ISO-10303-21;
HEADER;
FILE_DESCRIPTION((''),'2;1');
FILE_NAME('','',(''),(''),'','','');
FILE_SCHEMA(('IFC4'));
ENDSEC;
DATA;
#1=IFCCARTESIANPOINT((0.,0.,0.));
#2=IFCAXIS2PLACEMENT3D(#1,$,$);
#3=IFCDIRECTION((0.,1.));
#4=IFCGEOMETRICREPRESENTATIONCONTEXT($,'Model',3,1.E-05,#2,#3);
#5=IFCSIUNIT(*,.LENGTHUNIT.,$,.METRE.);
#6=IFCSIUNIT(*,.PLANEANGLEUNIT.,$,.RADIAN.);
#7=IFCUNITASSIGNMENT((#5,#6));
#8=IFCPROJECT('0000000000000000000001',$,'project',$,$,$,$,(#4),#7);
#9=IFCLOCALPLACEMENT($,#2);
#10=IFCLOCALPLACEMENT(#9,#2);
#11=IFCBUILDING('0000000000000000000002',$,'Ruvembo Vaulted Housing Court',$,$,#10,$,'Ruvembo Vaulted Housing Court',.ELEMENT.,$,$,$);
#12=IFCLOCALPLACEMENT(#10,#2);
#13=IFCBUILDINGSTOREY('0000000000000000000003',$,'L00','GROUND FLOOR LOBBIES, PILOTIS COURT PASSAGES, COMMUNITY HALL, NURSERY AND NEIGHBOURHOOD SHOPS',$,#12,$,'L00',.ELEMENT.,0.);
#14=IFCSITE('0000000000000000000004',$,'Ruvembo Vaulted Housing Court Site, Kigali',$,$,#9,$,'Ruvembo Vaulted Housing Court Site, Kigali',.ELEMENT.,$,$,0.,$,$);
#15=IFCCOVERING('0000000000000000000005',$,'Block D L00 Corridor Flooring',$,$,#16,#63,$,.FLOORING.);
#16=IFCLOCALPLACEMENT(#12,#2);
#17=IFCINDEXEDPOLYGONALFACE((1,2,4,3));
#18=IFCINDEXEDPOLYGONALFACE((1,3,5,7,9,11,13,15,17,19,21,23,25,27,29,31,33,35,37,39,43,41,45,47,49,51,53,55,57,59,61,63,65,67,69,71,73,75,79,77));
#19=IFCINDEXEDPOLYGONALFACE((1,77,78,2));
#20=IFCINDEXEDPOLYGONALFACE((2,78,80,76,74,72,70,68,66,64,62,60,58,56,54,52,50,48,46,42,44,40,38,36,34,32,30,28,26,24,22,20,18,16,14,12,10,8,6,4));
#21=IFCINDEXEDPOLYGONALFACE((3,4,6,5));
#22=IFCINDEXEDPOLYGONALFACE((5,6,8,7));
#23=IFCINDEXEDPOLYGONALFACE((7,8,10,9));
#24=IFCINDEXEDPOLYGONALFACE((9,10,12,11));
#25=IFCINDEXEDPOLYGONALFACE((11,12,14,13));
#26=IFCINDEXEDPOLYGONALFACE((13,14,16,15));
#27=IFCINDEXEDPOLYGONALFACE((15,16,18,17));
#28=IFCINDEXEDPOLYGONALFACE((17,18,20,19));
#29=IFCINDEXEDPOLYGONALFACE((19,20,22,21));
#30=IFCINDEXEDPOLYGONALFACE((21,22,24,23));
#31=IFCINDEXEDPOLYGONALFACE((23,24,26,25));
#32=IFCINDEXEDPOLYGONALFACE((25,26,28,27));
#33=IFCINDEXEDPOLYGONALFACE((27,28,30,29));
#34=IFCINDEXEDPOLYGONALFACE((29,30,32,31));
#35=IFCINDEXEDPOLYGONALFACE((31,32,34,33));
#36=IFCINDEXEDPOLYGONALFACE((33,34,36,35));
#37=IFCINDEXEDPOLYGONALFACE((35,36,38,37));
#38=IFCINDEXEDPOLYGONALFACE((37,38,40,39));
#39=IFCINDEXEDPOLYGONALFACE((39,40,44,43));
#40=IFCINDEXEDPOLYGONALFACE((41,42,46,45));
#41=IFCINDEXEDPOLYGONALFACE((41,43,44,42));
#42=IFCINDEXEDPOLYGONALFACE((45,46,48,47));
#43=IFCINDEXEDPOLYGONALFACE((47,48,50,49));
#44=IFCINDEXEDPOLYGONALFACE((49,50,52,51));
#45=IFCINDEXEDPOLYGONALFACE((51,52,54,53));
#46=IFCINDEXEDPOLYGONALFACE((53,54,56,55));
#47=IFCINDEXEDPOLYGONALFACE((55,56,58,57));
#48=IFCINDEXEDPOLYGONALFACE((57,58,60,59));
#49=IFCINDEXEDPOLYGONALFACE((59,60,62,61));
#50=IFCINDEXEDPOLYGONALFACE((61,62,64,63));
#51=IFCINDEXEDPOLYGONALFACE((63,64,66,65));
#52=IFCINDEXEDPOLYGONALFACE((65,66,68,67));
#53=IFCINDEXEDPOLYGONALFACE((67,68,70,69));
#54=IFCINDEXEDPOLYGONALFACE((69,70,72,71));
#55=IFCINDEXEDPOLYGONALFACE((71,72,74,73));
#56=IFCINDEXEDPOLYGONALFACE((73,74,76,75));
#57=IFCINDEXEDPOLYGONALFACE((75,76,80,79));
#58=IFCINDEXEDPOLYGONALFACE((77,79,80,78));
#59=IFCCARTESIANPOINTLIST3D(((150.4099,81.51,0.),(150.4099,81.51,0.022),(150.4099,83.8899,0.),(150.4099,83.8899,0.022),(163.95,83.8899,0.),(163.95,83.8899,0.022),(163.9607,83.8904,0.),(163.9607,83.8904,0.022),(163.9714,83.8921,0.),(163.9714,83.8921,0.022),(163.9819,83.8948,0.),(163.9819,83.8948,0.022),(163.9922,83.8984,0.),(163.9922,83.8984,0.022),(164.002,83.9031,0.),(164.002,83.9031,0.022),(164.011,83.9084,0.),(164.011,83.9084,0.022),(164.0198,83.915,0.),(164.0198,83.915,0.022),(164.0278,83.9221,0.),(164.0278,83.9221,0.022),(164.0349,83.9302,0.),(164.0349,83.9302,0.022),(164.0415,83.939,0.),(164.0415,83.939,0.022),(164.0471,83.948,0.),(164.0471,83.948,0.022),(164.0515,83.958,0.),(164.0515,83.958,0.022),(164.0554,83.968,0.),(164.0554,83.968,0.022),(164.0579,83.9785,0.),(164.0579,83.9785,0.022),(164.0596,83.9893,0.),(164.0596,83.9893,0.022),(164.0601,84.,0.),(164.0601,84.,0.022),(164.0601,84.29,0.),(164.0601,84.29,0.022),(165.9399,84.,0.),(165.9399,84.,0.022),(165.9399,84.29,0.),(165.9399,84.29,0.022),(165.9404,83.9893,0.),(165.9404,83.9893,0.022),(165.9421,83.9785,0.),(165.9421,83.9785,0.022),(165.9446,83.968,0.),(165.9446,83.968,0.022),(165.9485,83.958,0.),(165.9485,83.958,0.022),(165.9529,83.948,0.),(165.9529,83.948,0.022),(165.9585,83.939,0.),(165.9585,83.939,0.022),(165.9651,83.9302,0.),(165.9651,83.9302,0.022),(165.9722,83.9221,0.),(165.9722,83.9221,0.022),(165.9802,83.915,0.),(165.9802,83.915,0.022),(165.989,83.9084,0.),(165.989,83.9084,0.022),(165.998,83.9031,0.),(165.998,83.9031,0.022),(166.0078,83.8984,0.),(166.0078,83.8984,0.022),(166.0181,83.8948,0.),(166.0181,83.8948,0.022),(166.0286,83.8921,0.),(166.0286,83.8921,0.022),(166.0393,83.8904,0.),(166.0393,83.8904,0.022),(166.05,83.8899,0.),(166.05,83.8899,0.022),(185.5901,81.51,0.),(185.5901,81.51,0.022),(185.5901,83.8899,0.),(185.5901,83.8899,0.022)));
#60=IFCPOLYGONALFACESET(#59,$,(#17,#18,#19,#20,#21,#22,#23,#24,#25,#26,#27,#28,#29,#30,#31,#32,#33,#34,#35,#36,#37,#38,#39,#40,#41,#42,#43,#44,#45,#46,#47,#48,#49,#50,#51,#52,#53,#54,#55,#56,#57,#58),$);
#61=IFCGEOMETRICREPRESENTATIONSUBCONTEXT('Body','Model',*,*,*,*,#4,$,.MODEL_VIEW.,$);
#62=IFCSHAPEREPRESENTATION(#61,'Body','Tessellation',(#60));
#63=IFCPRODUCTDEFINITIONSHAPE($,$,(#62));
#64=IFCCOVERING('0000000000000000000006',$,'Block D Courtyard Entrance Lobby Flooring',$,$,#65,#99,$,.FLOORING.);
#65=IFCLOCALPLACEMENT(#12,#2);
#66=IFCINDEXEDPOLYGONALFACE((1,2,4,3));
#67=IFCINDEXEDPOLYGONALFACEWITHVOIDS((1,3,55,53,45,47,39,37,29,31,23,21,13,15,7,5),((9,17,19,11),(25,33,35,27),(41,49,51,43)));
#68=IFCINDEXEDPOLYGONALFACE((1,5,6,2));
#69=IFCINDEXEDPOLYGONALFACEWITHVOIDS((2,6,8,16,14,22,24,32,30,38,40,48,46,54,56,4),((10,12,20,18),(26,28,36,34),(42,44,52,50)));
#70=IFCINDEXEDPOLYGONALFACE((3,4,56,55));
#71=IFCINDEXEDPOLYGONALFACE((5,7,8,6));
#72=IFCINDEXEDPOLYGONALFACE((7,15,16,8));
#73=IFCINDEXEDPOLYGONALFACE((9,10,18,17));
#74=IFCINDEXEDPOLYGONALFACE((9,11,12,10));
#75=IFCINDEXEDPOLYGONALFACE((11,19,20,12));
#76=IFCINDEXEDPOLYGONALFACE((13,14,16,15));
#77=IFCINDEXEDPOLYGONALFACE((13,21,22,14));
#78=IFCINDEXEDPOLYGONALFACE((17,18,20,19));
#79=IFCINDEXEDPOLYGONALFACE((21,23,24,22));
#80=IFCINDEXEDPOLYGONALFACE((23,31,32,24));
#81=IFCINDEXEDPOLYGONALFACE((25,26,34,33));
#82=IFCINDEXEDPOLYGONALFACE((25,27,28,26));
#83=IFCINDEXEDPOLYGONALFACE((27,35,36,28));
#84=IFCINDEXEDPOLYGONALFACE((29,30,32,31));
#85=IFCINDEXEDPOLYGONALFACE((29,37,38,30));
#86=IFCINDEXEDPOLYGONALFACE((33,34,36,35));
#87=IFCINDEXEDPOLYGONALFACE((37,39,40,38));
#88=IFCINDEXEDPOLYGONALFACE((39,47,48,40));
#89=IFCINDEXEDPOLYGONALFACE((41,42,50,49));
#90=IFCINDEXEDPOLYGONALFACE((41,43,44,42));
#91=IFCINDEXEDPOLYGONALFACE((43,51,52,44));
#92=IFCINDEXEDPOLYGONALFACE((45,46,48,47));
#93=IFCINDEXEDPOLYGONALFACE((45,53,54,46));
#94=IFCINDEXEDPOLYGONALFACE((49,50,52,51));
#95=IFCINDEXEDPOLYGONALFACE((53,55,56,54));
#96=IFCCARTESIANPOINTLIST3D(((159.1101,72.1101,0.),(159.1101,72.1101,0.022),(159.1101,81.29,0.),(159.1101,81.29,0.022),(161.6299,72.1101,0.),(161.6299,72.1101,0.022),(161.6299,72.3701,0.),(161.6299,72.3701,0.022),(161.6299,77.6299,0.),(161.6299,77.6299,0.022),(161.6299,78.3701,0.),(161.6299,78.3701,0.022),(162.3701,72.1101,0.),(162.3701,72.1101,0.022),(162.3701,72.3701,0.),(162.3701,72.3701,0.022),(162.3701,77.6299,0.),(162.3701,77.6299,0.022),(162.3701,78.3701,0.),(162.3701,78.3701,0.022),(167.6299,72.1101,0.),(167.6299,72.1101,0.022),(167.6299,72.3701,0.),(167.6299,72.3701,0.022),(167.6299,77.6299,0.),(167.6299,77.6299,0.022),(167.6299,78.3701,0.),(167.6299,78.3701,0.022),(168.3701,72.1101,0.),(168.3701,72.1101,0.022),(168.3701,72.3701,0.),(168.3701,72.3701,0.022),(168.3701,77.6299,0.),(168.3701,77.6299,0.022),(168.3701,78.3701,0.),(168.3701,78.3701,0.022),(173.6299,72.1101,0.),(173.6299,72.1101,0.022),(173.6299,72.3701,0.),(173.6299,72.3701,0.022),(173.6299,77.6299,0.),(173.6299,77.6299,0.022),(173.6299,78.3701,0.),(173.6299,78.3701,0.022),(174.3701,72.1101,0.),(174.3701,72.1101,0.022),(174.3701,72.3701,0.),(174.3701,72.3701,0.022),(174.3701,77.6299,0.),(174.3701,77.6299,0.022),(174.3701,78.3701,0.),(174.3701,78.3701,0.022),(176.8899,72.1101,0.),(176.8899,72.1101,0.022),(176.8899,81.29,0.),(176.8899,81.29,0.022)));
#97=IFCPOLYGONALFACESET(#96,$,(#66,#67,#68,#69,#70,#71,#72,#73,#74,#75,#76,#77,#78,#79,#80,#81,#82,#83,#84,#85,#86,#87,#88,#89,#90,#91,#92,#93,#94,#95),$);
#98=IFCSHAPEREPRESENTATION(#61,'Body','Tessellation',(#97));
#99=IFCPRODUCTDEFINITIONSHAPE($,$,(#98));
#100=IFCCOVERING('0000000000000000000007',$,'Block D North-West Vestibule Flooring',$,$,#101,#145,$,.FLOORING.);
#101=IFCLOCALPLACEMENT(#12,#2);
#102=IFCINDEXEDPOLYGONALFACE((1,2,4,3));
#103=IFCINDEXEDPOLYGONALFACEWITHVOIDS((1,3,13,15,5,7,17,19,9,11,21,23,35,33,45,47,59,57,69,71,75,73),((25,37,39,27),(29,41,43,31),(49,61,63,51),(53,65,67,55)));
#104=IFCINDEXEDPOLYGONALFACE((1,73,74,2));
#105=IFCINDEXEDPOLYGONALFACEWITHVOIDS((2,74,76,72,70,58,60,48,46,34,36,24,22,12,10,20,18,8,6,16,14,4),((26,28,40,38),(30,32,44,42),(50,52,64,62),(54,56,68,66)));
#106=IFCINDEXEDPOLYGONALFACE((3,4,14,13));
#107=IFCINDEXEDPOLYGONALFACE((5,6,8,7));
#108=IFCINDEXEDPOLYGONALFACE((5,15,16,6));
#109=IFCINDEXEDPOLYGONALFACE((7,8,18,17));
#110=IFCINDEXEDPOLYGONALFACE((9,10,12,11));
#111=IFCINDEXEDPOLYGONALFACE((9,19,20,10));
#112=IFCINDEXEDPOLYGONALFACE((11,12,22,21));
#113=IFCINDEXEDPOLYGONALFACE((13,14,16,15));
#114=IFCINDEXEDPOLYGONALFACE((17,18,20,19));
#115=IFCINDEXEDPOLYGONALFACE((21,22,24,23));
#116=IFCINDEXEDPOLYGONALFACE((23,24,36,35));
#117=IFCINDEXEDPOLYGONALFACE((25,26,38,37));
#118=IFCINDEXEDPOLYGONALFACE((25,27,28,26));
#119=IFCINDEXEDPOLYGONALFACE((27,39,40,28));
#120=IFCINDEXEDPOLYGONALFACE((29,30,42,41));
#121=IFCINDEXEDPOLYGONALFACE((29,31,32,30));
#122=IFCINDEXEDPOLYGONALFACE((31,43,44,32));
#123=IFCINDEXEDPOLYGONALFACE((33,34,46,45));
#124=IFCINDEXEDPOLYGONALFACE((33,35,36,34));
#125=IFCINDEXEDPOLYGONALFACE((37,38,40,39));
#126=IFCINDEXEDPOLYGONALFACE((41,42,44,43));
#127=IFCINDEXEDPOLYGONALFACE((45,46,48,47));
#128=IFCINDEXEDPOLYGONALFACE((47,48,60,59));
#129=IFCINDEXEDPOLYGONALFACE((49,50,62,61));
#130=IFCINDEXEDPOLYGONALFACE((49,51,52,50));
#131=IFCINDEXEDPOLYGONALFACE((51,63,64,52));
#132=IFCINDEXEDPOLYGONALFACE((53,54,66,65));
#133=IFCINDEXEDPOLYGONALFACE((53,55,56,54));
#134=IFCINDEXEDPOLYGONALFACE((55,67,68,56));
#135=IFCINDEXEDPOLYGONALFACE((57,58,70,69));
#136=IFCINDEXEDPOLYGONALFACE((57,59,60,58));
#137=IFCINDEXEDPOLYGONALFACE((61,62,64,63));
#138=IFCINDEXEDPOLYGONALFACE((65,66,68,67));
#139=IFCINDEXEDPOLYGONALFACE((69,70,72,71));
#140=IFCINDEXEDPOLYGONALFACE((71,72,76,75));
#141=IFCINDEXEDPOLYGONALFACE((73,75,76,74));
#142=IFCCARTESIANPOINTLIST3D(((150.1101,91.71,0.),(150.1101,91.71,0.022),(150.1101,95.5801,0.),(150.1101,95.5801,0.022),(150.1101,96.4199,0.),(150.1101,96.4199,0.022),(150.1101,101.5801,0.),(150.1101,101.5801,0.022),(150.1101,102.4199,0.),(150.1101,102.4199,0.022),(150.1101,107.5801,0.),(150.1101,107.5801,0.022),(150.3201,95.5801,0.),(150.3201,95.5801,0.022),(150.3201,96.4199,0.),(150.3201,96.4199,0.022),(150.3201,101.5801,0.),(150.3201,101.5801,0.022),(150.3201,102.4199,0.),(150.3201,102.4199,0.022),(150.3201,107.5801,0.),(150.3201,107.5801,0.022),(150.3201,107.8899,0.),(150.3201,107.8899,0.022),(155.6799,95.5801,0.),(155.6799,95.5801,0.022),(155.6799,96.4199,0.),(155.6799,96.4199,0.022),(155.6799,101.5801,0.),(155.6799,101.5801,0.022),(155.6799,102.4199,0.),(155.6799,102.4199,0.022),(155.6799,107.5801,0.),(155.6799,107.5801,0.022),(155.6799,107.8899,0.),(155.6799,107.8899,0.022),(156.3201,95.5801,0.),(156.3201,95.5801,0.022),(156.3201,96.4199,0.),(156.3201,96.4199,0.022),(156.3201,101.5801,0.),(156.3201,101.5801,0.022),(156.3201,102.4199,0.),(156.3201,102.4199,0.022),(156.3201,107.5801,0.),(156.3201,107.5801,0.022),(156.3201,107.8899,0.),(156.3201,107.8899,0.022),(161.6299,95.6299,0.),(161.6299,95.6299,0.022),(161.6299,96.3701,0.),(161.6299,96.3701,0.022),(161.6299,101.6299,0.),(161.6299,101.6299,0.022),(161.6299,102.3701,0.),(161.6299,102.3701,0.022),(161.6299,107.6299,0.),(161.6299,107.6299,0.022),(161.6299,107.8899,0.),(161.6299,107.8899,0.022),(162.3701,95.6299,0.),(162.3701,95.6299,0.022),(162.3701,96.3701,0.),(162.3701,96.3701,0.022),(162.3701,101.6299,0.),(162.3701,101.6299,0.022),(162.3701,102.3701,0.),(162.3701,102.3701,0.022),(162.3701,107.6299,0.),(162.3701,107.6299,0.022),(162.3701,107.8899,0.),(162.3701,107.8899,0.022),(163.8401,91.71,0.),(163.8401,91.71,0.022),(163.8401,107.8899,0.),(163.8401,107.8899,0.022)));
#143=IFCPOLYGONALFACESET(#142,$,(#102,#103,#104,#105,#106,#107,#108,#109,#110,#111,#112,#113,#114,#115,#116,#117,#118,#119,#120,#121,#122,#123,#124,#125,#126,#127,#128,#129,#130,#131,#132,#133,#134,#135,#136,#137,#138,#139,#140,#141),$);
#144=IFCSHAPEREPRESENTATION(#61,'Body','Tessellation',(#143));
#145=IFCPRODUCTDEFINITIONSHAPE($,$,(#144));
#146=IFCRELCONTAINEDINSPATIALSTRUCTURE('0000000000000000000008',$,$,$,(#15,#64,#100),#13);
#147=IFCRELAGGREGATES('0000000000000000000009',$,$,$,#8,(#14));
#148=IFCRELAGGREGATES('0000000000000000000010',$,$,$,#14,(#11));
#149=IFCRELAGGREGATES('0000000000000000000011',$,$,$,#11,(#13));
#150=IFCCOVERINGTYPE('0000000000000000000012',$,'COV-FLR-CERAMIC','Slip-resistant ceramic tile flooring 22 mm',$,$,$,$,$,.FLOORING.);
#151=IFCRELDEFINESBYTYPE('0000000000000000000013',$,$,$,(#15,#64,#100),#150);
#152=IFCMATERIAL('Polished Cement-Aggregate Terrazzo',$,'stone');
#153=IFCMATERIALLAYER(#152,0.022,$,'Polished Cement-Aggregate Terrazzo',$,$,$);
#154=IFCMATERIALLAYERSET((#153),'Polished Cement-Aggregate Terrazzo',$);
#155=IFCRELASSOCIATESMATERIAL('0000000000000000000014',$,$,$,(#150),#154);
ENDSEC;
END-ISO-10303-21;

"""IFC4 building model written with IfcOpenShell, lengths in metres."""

from ifc_helpers import new_model, si_unit, direction, origin, place, context, subcontext, project, spatial, polyline, outline, extrude, material, layer, layer_set, type_object, element, save


model = new_model("IFC4")

# Units and contexts
model_context = context("Model", 3, precision=1e-05, world=origin(), true_north=direction((0.0, 1.0)))
body_context = subcontext(model_context, "Body", "Model", "MODEL_VIEW")
ifc_project = project(units=[si_unit("LENGTHUNIT", "METRE"), si_unit("PLANEANGLEUNIT", "RADIAN")], contexts=[model_context])

# Site, building, storey
site_placement = place(None, origin())
site = spatial("IfcSite", under=ifc_project, at=site_placement, Name="Ruvembo Vaulted Housing Court Site, Kigali", LongName="Ruvembo Vaulted Housing Court Site, Kigali", CompositionType="ELEMENT", RefElevation=0.0)
building_placement = place(site_placement, origin())
building = spatial("IfcBuilding", under=site, at=building_placement, Name="Ruvembo Vaulted Housing Court", LongName="Ruvembo Vaulted Housing Court", CompositionType="ELEMENT")
storey_placement = place(building_placement, origin())
storey = spatial("IfcBuildingStorey", under=building, at=storey_placement, Name="L00", Description="GROUND FLOOR LOBBIES, PILOTIS COURT PASSAGES, COMMUNITY HALL, NURSERY AND NEIGHBOURHOOD SHOPS", LongName="L00", CompositionType="ELEMENT", Elevation=0.0)

# Coverings
ifc_material_1 = material(Name="Polished Cement-Aggregate Terrazzo", Category="stone")
ifc_layer_1 = layer(ifc_material_1, 0.022, Name="Polished Cement-Aggregate Terrazzo")
ifc_layer_set_1 = layer_set([ifc_layer_1], Name="Polished Cement-Aggregate Terrazzo")
covering_type_1 = type_object("IfcCoveringType", Name="COV-FLR-CERAMIC", Description="Slip-resistant ceramic tile flooring 22 mm", PredefinedType="FLOORING", material=ifc_layer_set_1)
covering_1_placement = place(storey_placement, origin())
element("IfcCovering", 1, at=covering_1_placement, inside=storey, type_object=covering_type_1, Name="Block D L00 Corridor Flooring", PredefinedType="FLOORING", context=body_context, shape_type="SweptSolid", body=[
    extrude(outline(polyline([(163.95, 83.8899), (150.4099, 83.8899), (150.4099, 81.51), (185.5901, 81.51), (185.5901, 83.8899), (166.05, 83.8899), (166.0393, 83.8904), (166.0286, 83.8921), (166.0181, 83.8948), (166.0078, 83.8984), (165.998, 83.9031), (165.989, 83.9084), (165.9802, 83.915), (165.9722, 83.9221), (165.9651, 83.9302), (165.9585, 83.939), (165.9529, 83.948), (165.9485, 83.958), (165.9446, 83.968), (165.9421, 83.9785), (165.9404, 83.9893), (165.9399, 84.0), (165.9399, 84.29), (164.0601, 84.29), (164.0601, 84.0), (164.0596, 83.9893), (164.0579, 83.9785), (164.0554, 83.968), (164.0515, 83.958), (164.0471, 83.948), (164.0415, 83.939), (164.0349, 83.9302), (164.0278, 83.9221), (164.0198, 83.915), (164.011, 83.9084), (164.002, 83.9031), (163.9922, 83.8984), (163.9819, 83.8948), (163.9714, 83.8921), (163.9607, 83.8904), (163.95, 83.8899)])), origin(), (0.0, 0.0, 1.0), 0.022),
])
covering_2_placement = place(storey_placement, origin())
element("IfcCovering", 2, at=covering_2_placement, inside=storey, type_object=covering_type_1, Name="Block D Courtyard Entrance Lobby Flooring", PredefinedType="FLOORING", context=body_context, shape_type="SweptSolid", body=[
    extrude(outline(polyline([(173.6299, 72.3701), (174.3701, 72.3701), (174.3701, 72.1101), (176.8899, 72.1101), (176.8899, 81.29), (159.1101, 81.29), (159.1101, 72.1101), (161.6299, 72.1101), (161.6299, 72.3701), (162.3701, 72.3701), (162.3701, 72.1101), (167.6299, 72.1101), (167.6299, 72.3701), (168.3701, 72.3701), (168.3701, 72.1101), (173.6299, 72.1101), (173.6299, 72.3701)]), holes=[polyline([(162.3701, 77.6299), (162.3701, 78.3701), (161.6299, 78.3701), (161.6299, 77.6299), (162.3701, 77.6299)]), polyline([(174.3701, 77.6299), (174.3701, 78.3701), (173.6299, 78.3701), (173.6299, 77.6299), (174.3701, 77.6299)]), polyline([(168.3701, 77.6299), (168.3701, 78.3701), (167.6299, 78.3701), (167.6299, 77.6299), (168.3701, 77.6299)])]), origin(), (0.0, 0.0, 1.0), 0.022),
])
covering_3_placement = place(storey_placement, origin())
element("IfcCovering", 3, at=covering_3_placement, inside=storey, type_object=covering_type_1, Name="Block D North-West Vestibule Flooring", PredefinedType="FLOORING", context=body_context, shape_type="SweptSolid", body=[
    extrude(outline(polyline([(150.3201, 96.4199), (150.3201, 95.5801), (150.1101, 95.5801), (150.1101, 91.71), (163.8401, 91.71), (163.8401, 107.8899), (162.3701, 107.8899), (162.3701, 107.6299), (161.6299, 107.6299), (161.6299, 107.8899), (156.3201, 107.8899), (156.3201, 107.5801), (155.6799, 107.5801), (155.6799, 107.8899), (150.3201, 107.8899), (150.3201, 107.5801), (150.1101, 107.5801), (150.1101, 102.4199), (150.3201, 102.4199), (150.3201, 101.5801), (150.1101, 101.5801), (150.1101, 96.4199), (150.3201, 96.4199)]), holes=[polyline([(155.6799, 95.5801), (156.3201, 95.5801), (156.3201, 96.4199), (155.6799, 96.4199), (155.6799, 95.5801)]), polyline([(161.6299, 95.6299), (162.3701, 95.6299), (162.3701, 96.3701), (161.6299, 96.3701), (161.6299, 95.6299)]), polyline([(155.6799, 101.5801), (156.3201, 101.5801), (156.3201, 102.4199), (155.6799, 102.4199), (155.6799, 101.5801)]), polyline([(162.3701, 101.6299), (162.3701, 102.3701), (161.6299, 102.3701), (161.6299, 101.6299), (162.3701, 101.6299)])]), origin(), (0.0, 0.0, 1.0), 0.022),
])

save(model, "model.ifc")
